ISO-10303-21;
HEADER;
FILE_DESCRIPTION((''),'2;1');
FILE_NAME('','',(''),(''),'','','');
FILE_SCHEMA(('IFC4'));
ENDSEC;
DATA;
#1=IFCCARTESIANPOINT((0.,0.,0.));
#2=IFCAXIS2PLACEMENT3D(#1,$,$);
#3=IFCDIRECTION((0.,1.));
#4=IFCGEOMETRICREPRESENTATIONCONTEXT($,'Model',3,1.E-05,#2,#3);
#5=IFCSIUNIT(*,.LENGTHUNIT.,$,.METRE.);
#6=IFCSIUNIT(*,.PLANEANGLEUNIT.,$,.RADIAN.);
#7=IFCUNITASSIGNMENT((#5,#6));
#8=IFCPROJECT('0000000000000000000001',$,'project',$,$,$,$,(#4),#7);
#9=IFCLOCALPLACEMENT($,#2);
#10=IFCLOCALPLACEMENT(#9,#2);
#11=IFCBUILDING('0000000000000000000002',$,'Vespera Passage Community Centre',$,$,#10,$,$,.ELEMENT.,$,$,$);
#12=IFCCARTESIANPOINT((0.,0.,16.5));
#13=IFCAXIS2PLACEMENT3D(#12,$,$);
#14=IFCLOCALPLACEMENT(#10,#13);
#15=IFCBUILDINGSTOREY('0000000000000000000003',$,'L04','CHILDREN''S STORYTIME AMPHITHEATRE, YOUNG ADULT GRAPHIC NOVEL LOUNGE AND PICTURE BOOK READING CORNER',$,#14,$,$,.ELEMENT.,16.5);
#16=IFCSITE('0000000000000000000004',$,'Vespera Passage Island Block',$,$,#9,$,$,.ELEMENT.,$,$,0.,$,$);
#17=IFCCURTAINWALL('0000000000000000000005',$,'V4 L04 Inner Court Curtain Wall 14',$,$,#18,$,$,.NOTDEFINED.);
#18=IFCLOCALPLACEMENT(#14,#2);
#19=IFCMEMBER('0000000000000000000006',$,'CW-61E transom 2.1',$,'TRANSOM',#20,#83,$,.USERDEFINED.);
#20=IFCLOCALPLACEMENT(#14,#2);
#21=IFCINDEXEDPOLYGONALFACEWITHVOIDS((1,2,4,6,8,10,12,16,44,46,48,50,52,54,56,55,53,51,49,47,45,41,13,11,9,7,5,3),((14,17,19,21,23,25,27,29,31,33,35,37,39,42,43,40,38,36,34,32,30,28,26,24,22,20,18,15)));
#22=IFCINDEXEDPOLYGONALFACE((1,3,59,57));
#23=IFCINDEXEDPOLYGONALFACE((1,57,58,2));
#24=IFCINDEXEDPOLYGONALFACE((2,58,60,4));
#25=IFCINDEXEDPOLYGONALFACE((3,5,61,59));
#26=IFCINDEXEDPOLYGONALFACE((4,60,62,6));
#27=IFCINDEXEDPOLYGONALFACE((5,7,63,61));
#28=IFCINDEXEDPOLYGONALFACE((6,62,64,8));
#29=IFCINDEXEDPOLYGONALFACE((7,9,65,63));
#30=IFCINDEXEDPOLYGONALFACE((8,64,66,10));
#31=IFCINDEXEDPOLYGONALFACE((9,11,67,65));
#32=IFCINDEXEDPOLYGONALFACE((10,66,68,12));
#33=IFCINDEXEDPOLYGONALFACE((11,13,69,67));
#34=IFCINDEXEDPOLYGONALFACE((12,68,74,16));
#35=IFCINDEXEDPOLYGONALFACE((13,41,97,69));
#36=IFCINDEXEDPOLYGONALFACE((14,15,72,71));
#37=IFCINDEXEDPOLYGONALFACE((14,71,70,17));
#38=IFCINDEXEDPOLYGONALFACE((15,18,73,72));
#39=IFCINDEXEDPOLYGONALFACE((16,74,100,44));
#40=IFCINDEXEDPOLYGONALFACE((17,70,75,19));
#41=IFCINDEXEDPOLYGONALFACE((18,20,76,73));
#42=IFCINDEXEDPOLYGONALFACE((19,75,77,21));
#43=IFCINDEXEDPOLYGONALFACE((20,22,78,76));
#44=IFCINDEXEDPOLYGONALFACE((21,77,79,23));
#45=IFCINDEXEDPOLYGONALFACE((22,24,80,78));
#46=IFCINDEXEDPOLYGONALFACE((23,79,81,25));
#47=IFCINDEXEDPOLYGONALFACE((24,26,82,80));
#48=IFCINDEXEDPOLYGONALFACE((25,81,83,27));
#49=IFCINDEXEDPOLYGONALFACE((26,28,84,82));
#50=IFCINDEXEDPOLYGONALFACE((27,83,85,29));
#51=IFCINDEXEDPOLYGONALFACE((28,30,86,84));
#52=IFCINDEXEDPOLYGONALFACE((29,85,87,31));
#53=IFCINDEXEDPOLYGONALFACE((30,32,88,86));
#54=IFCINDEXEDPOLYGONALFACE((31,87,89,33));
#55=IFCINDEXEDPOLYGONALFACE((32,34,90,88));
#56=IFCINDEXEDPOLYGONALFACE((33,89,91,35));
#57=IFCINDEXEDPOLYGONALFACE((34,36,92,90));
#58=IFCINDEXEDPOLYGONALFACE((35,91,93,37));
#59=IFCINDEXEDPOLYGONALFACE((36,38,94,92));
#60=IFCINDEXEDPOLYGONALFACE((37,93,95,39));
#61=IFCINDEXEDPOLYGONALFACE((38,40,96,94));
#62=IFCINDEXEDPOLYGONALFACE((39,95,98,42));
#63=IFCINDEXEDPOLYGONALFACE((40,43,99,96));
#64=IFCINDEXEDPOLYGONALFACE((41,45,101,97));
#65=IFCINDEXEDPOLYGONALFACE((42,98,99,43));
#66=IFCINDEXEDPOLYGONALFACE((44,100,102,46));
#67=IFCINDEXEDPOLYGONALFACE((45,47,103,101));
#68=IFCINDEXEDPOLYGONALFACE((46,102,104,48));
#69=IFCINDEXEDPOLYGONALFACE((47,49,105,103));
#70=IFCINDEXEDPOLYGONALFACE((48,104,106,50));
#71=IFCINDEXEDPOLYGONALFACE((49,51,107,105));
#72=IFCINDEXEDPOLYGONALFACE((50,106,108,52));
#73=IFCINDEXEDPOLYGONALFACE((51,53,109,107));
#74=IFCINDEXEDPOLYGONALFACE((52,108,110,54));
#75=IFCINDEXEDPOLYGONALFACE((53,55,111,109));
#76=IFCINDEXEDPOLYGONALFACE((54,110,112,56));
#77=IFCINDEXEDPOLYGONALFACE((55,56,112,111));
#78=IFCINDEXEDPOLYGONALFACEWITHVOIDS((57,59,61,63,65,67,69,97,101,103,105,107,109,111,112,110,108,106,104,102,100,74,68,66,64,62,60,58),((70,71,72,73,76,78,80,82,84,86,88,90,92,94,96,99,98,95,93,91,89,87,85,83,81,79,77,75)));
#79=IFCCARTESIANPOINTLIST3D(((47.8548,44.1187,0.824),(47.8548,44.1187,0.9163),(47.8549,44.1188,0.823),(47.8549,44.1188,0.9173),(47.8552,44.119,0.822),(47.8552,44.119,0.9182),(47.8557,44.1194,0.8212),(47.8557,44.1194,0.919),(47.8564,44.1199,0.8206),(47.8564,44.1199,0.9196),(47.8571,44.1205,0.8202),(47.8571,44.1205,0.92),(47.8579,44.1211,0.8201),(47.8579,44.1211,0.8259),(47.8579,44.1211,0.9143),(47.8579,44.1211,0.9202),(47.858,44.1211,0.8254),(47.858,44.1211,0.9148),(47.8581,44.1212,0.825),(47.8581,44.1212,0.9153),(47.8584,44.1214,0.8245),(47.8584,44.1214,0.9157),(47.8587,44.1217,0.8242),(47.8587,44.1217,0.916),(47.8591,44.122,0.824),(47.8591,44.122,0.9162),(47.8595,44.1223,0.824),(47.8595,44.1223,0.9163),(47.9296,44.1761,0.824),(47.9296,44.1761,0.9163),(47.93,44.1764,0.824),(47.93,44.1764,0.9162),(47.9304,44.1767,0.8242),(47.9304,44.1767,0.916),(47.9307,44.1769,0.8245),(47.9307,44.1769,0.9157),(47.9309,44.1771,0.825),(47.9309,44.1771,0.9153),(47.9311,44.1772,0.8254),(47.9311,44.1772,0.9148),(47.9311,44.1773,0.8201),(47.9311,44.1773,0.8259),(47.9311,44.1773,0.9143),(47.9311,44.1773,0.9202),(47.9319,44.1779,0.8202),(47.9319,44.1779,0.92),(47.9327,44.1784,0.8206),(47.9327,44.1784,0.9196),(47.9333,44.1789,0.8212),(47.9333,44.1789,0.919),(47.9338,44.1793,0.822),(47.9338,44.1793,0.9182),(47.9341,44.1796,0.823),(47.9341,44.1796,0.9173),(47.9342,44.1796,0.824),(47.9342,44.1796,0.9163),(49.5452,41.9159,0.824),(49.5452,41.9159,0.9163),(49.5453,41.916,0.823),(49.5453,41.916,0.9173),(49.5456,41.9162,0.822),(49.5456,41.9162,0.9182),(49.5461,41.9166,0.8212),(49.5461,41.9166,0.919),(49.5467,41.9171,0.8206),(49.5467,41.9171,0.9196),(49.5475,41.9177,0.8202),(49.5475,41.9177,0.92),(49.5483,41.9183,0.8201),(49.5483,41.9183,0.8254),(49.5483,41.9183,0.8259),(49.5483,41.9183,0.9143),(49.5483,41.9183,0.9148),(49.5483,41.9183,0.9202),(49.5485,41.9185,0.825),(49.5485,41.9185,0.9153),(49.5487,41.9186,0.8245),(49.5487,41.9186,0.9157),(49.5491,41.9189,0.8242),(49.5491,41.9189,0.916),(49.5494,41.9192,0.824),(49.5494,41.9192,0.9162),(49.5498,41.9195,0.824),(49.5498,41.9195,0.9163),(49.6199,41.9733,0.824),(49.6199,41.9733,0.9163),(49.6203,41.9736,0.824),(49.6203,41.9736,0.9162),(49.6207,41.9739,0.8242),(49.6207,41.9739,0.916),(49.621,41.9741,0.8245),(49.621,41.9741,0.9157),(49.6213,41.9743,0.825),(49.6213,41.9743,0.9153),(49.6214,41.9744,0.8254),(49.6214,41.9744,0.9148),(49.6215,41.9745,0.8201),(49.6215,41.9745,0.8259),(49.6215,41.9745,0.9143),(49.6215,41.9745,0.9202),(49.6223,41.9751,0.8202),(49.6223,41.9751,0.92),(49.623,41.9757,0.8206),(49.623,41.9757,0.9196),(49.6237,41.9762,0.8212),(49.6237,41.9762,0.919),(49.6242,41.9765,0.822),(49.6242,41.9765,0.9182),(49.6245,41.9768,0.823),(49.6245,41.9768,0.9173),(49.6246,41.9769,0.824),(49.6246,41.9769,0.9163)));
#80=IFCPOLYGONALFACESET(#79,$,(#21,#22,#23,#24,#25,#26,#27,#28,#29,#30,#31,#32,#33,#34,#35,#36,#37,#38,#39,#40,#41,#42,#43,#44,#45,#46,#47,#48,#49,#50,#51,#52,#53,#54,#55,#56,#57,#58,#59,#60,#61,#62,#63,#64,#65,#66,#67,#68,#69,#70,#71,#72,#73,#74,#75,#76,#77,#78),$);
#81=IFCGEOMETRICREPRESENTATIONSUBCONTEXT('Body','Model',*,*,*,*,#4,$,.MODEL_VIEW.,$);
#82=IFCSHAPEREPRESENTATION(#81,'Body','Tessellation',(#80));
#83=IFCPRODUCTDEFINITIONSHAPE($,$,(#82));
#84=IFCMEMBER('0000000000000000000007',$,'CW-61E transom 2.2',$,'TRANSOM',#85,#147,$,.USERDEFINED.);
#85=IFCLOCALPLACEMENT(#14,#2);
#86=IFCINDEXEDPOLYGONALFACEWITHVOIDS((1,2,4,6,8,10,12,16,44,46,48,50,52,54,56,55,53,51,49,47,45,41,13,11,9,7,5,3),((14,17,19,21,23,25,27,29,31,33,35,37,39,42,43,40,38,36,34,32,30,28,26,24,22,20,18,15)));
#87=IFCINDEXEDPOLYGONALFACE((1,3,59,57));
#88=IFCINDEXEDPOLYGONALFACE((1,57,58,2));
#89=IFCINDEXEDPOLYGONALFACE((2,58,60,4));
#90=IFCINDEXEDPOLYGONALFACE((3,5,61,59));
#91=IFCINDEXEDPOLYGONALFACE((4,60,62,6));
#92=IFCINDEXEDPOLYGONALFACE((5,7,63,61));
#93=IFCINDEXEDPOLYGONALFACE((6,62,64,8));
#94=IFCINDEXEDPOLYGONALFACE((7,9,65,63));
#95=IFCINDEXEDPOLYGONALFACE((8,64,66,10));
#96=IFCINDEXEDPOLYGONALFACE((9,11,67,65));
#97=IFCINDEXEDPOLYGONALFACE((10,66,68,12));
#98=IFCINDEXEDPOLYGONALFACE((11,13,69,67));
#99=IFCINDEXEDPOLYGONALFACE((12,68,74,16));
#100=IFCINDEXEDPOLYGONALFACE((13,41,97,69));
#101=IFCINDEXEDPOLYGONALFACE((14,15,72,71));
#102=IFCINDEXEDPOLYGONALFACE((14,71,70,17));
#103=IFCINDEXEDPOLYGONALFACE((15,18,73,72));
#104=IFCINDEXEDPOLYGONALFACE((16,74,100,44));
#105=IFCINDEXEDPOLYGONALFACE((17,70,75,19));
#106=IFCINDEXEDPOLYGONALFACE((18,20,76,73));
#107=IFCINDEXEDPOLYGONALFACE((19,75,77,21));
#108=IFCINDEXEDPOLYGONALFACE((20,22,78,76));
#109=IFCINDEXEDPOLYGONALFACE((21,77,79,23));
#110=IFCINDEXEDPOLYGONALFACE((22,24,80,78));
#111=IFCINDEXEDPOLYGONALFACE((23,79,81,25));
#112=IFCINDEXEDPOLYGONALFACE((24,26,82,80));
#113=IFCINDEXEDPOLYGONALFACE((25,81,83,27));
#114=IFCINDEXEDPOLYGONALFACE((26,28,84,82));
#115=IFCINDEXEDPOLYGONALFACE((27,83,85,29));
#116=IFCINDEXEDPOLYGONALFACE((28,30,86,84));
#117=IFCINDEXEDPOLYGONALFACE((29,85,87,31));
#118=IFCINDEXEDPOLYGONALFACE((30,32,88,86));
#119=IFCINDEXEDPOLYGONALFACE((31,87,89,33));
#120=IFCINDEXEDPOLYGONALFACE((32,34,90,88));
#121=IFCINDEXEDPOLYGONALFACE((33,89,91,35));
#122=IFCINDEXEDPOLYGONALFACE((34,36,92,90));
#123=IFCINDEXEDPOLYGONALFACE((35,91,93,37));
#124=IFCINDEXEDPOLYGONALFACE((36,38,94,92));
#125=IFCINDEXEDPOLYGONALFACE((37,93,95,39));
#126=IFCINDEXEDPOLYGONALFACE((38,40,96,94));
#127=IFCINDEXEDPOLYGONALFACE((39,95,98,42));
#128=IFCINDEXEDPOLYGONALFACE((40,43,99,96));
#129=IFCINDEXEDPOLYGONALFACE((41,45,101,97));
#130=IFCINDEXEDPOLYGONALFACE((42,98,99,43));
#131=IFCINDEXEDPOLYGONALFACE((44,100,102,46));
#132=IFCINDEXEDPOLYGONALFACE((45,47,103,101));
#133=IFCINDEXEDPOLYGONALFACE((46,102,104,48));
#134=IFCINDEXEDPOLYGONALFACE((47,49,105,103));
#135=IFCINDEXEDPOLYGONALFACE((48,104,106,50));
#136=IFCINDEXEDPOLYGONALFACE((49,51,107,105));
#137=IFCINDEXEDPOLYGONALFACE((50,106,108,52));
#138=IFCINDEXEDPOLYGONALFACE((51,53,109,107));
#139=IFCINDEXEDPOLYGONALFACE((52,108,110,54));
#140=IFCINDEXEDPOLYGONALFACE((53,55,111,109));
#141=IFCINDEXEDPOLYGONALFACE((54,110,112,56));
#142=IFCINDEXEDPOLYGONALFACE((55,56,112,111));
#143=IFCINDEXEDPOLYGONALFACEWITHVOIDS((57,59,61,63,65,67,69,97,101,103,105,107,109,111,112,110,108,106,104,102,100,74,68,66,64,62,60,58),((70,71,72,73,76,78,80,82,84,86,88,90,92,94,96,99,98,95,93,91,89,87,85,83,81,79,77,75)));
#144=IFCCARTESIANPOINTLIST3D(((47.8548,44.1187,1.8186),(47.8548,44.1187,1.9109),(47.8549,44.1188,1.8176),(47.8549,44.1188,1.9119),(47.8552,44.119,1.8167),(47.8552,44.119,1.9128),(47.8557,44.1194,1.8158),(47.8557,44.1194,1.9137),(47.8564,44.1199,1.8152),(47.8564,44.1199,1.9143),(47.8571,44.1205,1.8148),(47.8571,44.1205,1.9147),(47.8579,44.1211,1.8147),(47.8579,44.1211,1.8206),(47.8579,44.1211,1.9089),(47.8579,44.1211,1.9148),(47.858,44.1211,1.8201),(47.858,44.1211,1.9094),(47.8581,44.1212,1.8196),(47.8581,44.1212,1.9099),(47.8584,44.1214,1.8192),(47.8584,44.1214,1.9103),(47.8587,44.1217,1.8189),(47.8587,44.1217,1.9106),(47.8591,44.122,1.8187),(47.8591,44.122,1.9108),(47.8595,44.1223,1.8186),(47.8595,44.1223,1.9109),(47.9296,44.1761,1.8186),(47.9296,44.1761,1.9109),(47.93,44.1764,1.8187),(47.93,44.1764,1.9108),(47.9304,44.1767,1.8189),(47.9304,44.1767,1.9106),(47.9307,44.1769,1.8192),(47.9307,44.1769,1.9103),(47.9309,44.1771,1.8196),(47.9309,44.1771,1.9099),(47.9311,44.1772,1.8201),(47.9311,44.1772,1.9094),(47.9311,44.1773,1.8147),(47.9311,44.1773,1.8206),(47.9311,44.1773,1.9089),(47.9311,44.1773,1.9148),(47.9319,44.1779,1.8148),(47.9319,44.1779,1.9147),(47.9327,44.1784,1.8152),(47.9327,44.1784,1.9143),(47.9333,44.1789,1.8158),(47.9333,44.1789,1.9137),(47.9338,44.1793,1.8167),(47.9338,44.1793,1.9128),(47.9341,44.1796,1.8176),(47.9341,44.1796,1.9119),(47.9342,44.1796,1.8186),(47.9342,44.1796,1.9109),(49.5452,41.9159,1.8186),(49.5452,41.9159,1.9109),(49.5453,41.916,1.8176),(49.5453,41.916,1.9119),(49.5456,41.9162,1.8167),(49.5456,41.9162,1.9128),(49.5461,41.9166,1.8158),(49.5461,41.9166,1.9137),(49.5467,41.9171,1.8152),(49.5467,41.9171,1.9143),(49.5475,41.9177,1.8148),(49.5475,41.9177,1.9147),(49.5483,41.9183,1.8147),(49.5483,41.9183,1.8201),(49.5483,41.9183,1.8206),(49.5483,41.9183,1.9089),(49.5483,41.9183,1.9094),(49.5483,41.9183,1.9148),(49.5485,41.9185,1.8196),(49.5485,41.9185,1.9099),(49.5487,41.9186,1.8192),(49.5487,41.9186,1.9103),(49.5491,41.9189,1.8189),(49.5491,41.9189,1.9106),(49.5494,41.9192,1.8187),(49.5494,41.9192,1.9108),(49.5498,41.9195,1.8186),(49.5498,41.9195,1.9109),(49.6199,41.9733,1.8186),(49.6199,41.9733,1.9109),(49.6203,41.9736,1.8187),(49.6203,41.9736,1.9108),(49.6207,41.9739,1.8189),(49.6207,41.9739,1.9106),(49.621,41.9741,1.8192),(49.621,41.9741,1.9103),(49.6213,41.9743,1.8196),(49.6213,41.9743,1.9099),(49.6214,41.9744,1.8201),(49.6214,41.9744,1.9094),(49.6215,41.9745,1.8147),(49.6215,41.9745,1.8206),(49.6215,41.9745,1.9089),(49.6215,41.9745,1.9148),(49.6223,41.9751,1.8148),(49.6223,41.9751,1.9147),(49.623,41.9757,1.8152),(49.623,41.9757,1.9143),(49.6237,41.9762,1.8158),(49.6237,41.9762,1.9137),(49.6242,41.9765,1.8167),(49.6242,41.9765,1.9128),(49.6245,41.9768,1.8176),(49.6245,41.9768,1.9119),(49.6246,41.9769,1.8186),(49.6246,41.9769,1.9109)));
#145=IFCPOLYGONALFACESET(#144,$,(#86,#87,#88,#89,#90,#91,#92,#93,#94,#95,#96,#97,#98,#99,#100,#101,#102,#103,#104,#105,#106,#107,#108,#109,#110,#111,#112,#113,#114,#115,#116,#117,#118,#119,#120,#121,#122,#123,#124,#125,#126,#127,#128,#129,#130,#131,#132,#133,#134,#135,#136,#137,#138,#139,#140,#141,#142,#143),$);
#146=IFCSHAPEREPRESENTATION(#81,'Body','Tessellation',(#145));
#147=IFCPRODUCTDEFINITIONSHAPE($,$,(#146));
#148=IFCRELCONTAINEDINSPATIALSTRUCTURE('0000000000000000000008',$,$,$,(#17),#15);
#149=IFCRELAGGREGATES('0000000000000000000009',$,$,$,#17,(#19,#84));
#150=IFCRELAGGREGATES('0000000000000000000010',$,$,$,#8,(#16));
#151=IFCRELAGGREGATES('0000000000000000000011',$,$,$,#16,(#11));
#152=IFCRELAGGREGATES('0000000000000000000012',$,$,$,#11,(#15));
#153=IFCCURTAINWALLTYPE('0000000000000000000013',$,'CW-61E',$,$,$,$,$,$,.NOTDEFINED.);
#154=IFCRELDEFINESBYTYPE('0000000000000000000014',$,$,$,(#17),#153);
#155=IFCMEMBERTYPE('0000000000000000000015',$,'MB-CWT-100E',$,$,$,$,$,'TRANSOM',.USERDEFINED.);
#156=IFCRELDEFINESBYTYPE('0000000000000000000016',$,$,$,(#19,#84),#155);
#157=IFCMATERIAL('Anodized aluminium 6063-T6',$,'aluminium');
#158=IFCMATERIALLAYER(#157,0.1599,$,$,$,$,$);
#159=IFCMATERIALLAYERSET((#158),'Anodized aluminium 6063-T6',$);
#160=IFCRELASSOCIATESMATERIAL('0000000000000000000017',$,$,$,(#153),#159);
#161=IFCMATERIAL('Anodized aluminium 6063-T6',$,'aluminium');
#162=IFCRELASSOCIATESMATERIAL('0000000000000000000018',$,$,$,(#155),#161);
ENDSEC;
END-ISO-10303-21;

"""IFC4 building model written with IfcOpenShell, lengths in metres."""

from ifc_helpers import new_model, si_unit, direction, frame, origin, origin_2d, place, context, subcontext, project, spatial, hollow_rectangle, extrude, material, layer, layer_set, material_profile, profile_set, type_object, element, aggregate, save


model = new_model("IFC4")

# Units and contexts
model_context = context("Model", 3, precision=1e-05, world=origin(), true_north=direction((0.0, 1.0)))
body_context = subcontext(model_context, "Body", "Model", "MODEL_VIEW")
ifc_project = project(units=[si_unit("LENGTHUNIT", "METRE"), si_unit("PLANEANGLEUNIT", "RADIAN")], contexts=[model_context])

# Site, building, storey
site_placement = place(None, origin())
site = spatial("IfcSite", under=ifc_project, at=site_placement, Name="Vespera Passage Island Block", CompositionType="ELEMENT", RefElevation=0.0)
building_placement = place(site_placement, origin())
building = spatial("IfcBuilding", under=site, at=building_placement, Name="Vespera Passage Community Centre", CompositionType="ELEMENT")
storey_placement = place(building_placement, frame((0.0, 0.0, 16.5)))
storey = spatial("IfcBuildingStorey", under=building, at=storey_placement, Name="L04", Description="CHILDREN'S STORYTIME AMPHITHEATRE, YOUNG ADULT GRAPHIC NOVEL LOUNGE AND PICTURE BOOK READING CORNER", CompositionType="ELEMENT", Elevation=16.5)

# Curtain wall
ifc_material_1 = material(Name="Anodized aluminium 6063-T6", Category="aluminium")
ifc_layer_1 = layer(ifc_material_1, 0.1599)
ifc_layer_set_1 = layer_set([ifc_layer_1], Name="Anodized aluminium 6063-T6")
curtain_wall_type_1 = type_object("IfcCurtainWallType", Name="CW-61E", PredefinedType="NOTDEFINED", material=ifc_layer_set_1)
curtain_wall_1_placement = place(storey_placement, origin())
curtain_wall_1 = element("IfcCurtainWall", 1, at=curtain_wall_1_placement, inside=storey, type_object=curtain_wall_type_1, Name="V4 L04 Inner Court Curtain Wall 14", PredefinedType="NOTDEFINED")

# Members
ifc_material_2 = material(Name="Anodized aluminium 6063-T6", Category="aluminium")
ifc_material_profile_1 = material_profile(ifc_material_2, hollow_rectangle(XDim=0.1001, YDim=0.1001, WallThickness=0.0039, InnerFilletRadius=0.002, OuterFilletRadius=0.0039, at=origin_2d()), Name="ALU100X100X4")
ifc_profile_set_1 = profile_set([ifc_material_profile_1], Name="Anodized aluminium 6063-T6")
member_type_1 = type_object("IfcMemberType", Name="MB-CWT-100E", ElementType="TRANSOM", PredefinedType="USERDEFINED", material=ifc_profile_set_1)
member_1_placement = place(storey_placement, frame((47.8945, 44.1492, 0.8701), z_axis=(0.608784, -0.793336, 0.0), x_axis=(0.793336, 0.608784, 0.0)))
member_1 = element("IfcMember", 2, at=member_1_placement, type_object=member_type_1, Name="CW-61E transom 2.1", ObjectType="TRANSOM", PredefinedType="USERDEFINED", context=body_context, shape_type="SweptSolid", body=[
    extrude(hollow_rectangle(XDim=0.1001, YDim=0.1001, WallThickness=0.0039, InnerFilletRadius=0.002, OuterFilletRadius=0.0039, at=origin_2d()), origin(), (0.0, 0.0, 1.0), 2.7766),
])
member_2_placement = place(storey_placement, frame((47.8945, 44.1492, 1.8647), z_axis=(0.608784, -0.793336, 0.0), x_axis=(0.793336, 0.608784, 0.0)))
member_2 = element("IfcMember", 3, at=member_2_placement, type_object=member_type_1, Name="CW-61E transom 2.2", ObjectType="TRANSOM", PredefinedType="USERDEFINED", context=body_context, shape_type="SweptSolid", body=[
    extrude(hollow_rectangle(XDim=0.1001, YDim=0.1001, WallThickness=0.0039, InnerFilletRadius=0.002, OuterFilletRadius=0.0039, at=origin_2d()), origin(), (0.0, 0.0, 1.0), 2.7766),
])

aggregate(curtain_wall_1, [member_1, member_2])

save(model, "model.ifc")
